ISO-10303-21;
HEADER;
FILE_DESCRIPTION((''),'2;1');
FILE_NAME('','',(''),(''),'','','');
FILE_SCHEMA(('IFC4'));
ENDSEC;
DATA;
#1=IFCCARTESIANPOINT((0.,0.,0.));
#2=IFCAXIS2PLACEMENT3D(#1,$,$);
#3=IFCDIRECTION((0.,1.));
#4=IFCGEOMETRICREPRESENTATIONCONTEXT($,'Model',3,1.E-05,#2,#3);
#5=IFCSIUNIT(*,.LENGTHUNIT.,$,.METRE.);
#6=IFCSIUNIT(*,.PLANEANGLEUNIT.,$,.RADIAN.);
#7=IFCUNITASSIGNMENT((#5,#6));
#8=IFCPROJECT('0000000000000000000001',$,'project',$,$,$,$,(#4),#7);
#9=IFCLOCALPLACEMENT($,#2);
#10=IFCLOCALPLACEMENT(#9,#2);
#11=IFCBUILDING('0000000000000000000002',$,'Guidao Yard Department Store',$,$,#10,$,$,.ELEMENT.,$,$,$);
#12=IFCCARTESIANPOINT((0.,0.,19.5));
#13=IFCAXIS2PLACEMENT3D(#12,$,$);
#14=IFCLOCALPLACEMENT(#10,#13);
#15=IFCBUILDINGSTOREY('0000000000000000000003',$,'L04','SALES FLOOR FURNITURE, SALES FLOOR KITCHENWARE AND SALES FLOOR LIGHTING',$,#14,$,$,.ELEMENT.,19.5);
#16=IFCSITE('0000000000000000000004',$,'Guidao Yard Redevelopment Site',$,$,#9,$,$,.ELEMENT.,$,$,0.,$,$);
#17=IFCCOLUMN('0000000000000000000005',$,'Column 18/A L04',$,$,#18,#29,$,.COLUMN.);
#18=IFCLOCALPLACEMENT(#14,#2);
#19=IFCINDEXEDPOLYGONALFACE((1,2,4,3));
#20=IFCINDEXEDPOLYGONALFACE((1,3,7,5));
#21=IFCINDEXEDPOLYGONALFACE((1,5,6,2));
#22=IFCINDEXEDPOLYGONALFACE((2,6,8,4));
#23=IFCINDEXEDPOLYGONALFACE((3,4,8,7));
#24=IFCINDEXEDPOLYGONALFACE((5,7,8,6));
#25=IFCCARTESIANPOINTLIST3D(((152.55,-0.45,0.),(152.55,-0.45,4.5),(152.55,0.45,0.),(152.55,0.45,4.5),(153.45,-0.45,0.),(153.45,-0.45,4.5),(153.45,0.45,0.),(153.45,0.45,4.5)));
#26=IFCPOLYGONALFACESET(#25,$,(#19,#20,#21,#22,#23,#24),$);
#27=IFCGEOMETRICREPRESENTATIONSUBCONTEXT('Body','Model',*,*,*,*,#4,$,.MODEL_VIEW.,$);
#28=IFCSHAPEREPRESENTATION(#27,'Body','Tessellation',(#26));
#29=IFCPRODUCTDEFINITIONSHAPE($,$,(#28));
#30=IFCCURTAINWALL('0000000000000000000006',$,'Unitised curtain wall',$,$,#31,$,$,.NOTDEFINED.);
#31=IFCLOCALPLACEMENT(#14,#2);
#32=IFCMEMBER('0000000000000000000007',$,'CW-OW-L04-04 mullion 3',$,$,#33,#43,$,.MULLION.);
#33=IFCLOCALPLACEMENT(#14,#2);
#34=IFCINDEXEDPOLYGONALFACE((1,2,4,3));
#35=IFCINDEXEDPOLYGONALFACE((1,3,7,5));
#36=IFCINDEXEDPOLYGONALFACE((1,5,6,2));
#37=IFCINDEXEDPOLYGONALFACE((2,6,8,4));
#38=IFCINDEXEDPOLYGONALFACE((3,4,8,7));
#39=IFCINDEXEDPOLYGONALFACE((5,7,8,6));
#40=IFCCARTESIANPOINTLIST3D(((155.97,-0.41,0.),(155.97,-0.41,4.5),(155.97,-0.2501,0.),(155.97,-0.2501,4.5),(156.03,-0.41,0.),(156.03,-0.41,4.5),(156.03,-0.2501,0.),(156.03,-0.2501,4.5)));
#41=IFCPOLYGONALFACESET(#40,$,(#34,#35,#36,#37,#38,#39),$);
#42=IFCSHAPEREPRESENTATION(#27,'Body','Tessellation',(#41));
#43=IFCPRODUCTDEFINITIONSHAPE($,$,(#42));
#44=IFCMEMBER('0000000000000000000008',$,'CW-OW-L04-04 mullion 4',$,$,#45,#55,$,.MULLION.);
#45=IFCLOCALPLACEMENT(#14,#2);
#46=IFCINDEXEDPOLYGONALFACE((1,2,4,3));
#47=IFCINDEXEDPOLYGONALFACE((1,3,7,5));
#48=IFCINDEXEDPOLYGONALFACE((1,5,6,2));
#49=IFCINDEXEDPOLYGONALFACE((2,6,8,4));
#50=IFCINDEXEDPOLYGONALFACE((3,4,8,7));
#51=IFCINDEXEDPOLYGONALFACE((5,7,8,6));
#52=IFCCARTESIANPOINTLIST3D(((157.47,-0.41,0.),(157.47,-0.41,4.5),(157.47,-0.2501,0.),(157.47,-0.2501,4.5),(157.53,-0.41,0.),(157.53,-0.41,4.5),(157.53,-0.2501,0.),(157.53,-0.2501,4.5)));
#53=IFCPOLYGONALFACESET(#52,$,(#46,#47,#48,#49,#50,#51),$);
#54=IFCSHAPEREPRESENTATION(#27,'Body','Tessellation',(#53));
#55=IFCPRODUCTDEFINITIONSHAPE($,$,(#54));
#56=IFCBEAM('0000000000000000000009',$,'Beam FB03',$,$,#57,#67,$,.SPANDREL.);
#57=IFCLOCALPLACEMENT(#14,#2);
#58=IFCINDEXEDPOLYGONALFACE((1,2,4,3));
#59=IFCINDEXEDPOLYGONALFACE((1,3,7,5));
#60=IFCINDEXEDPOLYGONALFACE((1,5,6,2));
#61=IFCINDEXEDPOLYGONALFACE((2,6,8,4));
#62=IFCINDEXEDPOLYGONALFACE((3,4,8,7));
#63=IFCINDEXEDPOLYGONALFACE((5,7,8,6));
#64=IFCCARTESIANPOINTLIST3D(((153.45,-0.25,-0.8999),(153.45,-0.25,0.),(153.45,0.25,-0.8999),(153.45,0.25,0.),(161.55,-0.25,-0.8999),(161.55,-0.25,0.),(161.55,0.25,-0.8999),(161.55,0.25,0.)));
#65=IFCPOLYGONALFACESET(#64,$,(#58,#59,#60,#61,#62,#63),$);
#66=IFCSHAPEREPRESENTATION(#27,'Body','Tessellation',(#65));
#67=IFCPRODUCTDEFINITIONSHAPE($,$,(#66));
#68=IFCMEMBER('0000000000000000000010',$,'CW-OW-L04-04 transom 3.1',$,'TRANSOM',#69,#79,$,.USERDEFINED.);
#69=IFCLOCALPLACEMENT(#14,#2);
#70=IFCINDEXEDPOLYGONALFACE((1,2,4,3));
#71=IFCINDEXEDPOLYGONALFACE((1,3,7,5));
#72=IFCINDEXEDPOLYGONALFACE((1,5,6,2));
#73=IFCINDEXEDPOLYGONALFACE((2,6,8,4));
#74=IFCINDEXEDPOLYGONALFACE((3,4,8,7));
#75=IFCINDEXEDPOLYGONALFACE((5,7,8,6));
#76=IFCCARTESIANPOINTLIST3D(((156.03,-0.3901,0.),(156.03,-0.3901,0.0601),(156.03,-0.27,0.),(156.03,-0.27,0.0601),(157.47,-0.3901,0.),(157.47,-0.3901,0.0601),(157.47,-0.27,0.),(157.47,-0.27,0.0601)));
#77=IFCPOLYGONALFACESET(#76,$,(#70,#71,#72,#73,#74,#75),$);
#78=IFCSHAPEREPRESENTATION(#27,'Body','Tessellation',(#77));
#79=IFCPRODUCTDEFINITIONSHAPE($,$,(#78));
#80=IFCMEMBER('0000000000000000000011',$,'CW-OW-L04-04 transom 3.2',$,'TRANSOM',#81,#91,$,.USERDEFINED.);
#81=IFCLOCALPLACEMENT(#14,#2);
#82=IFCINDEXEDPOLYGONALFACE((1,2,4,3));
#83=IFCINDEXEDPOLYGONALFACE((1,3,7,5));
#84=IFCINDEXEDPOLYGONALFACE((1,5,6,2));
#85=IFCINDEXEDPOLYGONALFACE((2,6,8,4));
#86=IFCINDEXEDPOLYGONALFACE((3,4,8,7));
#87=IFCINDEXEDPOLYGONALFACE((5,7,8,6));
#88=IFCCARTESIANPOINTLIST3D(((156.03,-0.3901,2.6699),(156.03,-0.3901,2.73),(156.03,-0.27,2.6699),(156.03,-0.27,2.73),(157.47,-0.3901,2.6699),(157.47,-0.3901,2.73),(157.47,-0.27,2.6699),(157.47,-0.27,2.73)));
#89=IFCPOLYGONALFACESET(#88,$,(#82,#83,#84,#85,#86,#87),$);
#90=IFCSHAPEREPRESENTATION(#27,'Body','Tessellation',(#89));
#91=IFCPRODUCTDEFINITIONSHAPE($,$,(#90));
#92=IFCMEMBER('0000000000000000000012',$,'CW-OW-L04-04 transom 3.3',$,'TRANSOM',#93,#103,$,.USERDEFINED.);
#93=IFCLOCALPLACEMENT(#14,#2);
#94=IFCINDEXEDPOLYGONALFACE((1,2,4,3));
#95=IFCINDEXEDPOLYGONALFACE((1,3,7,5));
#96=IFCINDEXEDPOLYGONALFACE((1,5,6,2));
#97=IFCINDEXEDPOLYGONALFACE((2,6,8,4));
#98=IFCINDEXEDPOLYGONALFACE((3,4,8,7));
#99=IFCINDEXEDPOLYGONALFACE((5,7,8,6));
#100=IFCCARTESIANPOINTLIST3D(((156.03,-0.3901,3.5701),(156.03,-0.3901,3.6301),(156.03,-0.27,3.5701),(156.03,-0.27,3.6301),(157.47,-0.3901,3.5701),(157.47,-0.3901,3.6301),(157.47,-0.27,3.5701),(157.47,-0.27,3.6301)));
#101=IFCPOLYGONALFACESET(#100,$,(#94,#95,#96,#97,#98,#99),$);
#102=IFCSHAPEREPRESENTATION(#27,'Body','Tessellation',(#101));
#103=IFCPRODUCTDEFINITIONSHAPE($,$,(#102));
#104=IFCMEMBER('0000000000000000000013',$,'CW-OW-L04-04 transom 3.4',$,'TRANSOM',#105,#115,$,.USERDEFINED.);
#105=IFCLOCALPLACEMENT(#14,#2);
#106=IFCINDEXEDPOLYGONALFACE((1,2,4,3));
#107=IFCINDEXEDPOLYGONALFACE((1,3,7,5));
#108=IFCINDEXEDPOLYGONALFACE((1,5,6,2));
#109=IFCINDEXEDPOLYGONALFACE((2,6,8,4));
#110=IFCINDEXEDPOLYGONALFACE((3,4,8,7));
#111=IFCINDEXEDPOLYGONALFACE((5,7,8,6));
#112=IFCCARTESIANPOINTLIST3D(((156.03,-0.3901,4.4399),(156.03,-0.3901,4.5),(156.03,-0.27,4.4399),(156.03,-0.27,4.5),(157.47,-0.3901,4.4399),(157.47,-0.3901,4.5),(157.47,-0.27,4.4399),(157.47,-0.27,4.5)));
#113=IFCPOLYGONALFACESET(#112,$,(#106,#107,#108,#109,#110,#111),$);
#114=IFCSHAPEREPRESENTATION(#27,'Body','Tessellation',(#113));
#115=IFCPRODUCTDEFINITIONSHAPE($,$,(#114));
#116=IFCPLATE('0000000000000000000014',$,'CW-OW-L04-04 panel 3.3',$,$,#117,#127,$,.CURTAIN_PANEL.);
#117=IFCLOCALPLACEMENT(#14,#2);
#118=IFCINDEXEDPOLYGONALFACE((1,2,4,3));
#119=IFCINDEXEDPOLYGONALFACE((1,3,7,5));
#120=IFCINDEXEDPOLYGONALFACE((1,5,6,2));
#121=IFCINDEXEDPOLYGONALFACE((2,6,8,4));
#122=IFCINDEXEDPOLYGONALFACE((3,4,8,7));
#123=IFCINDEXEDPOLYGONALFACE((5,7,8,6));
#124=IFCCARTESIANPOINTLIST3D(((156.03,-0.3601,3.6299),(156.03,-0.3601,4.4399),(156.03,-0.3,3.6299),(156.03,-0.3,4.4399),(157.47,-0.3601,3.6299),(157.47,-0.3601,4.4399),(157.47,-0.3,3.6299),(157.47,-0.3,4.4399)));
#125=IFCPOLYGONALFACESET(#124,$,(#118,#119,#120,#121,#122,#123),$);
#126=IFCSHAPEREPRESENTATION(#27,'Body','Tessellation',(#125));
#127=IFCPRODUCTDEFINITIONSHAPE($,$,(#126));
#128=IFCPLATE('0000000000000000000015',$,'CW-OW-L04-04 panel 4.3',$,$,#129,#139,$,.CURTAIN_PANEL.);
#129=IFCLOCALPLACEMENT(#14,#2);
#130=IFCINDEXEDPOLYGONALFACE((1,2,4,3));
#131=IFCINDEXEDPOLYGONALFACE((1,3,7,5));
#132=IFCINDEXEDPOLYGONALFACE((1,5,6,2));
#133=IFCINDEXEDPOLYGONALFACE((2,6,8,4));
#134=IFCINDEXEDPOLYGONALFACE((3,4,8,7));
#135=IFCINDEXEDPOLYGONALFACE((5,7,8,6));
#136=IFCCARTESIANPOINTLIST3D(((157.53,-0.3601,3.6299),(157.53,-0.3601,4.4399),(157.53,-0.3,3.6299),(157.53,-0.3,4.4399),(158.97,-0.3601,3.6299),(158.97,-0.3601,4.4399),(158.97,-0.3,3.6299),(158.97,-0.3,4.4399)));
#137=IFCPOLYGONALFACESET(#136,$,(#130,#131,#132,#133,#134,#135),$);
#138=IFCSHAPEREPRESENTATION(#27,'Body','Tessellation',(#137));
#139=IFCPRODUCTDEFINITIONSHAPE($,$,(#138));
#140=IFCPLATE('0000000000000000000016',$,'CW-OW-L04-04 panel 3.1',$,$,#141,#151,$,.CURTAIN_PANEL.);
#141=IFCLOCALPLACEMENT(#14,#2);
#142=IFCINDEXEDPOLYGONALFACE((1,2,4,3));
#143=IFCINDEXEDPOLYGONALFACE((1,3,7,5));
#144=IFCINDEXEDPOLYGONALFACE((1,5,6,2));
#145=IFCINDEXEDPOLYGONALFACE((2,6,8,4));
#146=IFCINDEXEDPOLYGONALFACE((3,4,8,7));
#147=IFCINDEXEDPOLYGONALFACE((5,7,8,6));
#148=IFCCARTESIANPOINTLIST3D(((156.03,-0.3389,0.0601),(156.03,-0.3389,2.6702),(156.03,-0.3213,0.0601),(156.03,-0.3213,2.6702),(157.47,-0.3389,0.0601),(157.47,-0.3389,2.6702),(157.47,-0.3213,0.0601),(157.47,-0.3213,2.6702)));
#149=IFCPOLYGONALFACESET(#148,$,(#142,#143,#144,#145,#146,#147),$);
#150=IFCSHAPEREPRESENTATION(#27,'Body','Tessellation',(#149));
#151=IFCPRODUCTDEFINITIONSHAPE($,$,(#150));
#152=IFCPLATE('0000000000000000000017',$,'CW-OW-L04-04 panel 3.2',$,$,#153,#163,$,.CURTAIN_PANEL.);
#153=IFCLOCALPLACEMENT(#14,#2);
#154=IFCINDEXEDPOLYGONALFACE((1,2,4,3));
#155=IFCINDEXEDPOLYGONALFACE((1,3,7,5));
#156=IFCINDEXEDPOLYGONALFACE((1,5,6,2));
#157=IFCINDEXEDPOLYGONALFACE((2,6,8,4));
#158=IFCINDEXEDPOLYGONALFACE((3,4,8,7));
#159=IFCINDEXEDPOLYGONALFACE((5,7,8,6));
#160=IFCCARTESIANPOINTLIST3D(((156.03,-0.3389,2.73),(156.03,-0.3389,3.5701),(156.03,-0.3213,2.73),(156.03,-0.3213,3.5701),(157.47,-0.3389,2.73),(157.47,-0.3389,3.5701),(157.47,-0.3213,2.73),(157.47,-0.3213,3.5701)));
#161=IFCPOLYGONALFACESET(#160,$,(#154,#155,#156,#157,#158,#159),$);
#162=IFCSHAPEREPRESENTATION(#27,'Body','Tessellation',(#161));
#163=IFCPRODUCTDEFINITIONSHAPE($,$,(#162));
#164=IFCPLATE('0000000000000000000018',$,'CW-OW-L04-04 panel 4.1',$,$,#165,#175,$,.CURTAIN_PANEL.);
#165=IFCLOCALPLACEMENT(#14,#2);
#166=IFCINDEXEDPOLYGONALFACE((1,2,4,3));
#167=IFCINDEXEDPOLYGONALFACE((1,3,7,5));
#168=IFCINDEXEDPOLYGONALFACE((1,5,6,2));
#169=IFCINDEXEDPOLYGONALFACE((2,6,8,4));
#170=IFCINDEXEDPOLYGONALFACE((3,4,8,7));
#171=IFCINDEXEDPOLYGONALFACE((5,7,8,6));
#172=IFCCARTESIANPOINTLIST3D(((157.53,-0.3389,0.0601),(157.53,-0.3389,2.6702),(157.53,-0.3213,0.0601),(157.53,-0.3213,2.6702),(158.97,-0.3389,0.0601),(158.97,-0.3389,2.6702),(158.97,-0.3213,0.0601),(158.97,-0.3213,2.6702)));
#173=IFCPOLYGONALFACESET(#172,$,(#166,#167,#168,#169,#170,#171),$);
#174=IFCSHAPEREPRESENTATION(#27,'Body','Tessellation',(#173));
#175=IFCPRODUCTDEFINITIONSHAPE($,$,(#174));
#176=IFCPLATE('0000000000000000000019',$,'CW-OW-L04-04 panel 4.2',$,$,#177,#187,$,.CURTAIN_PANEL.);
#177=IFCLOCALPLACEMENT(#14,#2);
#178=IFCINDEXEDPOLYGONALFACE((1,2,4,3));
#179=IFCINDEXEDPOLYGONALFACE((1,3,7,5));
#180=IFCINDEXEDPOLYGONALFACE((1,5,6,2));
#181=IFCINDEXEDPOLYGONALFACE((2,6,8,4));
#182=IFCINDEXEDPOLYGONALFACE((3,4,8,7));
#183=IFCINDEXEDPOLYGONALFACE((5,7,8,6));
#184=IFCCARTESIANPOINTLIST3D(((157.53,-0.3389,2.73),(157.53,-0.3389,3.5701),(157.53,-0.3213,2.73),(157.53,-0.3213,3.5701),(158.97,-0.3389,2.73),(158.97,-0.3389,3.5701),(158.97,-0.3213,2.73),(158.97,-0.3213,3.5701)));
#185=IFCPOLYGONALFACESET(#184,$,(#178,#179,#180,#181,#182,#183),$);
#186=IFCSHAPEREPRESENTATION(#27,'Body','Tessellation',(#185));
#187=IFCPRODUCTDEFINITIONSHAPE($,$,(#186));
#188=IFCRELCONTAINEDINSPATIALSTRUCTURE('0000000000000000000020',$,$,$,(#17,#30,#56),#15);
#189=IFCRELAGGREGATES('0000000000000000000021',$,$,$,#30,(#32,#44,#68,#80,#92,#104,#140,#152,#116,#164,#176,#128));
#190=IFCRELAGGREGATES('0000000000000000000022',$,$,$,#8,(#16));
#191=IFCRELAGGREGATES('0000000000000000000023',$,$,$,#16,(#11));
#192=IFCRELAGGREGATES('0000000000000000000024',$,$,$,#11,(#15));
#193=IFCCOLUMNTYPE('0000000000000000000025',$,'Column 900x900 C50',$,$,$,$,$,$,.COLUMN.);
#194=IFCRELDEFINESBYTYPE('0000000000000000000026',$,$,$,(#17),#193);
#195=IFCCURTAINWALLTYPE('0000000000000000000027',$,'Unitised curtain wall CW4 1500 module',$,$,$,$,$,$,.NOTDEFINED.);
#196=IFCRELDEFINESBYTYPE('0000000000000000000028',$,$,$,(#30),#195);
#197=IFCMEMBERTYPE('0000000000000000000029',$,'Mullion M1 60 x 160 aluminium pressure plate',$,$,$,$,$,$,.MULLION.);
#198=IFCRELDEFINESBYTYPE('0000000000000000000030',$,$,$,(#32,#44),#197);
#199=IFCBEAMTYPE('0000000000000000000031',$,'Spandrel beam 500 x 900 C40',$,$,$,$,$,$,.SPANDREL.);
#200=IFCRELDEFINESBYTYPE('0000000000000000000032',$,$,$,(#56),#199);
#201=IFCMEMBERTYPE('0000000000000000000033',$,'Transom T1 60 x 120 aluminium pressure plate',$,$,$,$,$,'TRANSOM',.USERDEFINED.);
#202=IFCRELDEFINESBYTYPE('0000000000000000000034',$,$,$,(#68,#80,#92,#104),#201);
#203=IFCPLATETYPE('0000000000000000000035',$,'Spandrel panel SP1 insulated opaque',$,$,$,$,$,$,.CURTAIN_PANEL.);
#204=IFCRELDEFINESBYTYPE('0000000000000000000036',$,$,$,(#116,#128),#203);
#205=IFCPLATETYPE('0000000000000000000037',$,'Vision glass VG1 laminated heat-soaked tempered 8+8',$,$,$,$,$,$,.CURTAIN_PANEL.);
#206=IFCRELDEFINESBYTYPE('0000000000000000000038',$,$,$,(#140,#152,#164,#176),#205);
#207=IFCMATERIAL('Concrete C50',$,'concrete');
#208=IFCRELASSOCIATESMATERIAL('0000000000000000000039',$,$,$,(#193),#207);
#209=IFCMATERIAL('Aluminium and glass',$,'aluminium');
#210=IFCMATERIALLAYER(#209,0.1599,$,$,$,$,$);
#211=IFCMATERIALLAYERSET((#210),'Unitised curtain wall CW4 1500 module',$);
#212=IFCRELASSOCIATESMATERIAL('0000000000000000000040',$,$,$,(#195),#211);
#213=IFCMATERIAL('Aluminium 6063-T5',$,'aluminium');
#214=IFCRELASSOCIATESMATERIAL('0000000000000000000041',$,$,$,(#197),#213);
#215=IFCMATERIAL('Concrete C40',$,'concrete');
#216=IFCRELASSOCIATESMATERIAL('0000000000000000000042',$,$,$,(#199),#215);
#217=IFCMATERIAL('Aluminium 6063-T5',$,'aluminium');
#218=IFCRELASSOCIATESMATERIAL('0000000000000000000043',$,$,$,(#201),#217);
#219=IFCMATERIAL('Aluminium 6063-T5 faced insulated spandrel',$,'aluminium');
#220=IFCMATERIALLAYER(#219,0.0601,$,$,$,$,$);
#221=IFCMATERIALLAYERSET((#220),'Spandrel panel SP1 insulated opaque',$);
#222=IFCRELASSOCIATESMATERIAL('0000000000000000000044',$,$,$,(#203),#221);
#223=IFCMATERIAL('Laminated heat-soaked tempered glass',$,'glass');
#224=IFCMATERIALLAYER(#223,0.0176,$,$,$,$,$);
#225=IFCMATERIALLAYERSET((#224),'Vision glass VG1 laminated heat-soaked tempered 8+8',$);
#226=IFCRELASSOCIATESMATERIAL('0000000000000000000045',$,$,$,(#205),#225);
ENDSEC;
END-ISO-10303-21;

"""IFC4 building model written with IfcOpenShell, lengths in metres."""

from ifc_helpers import new_model, si_unit, direction, frame, origin, origin_2d, place, context, subcontext, project, spatial, rectangle, extrude, material, layer, layer_set, material_profile, profile_set, type_object, element, aggregate, save


model = new_model("IFC4")

# Units and contexts
model_context = context("Model", 3, precision=1e-05, world=origin(), true_north=direction((0.0, 1.0)))
body_context = subcontext(model_context, "Body", "Model", "MODEL_VIEW")
ifc_project = project(units=[si_unit("LENGTHUNIT", "METRE"), si_unit("PLANEANGLEUNIT", "RADIAN")], contexts=[model_context])

# Site, building, storey
site_placement = place(None, origin())
site = spatial("IfcSite", under=ifc_project, at=site_placement, Name="Guidao Yard Redevelopment Site", CompositionType="ELEMENT", RefElevation=0.0)
building_placement = place(site_placement, origin())
building = spatial("IfcBuilding", under=site, at=building_placement, Name="Guidao Yard Department Store", CompositionType="ELEMENT")
storey_placement = place(building_placement, frame((0.0, 0.0, 19.5)))
storey = spatial("IfcBuildingStorey", under=building, at=storey_placement, Name="L04", Description="SALES FLOOR FURNITURE, SALES FLOOR KITCHENWARE AND SALES FLOOR LIGHTING", CompositionType="ELEMENT", Elevation=19.5)

# Column
ifc_material_1 = material(Name="Concrete C50", Category="concrete")
ifc_material_profile_1 = material_profile(ifc_material_1, rectangle(XDim=0.8999, YDim=0.8999, at=origin_2d()), Name="COL 900x900")
ifc_profile_set_1 = profile_set([ifc_material_profile_1], Name="Concrete C50")
column_type = type_object("IfcColumnType", Name="Column 900x900 C50", PredefinedType="COLUMN", material=ifc_profile_set_1)
column_placement = place(storey_placement, frame((153.0, 0.0, 0.0), z_axis=(0.0, 0.0, 1.0), x_axis=(1.0, 0.0, 0.0)))
element("IfcColumn", 1, at=column_placement, inside=storey, type_object=column_type, Name="Column 18/A L04", PredefinedType="COLUMN", context=body_context, shape_type="SweptSolid", body=[
    extrude(rectangle(XDim=0.8999, YDim=0.8999, at=origin_2d()), origin(), (0.0, 0.0, 1.0), 4.5),
])

# Curtain wall, members
ifc_material_2 = material(Name="Aluminium and glass", Category="aluminium")
ifc_layer_1 = layer(ifc_material_2, 0.1599)
ifc_layer_set_1 = layer_set([ifc_layer_1], Name="Unitised curtain wall CW4 1500 module")
curtain_wall_type = type_object("IfcCurtainWallType", Name="Unitised curtain wall CW4 1500 module", PredefinedType="NOTDEFINED", material=ifc_layer_set_1)
curtain_wall_placement = place(storey_placement, origin())
curtain_wall = element("IfcCurtainWall", 2, at=curtain_wall_placement, inside=storey, type_object=curtain_wall_type, Name="Unitised curtain wall", PredefinedType="NOTDEFINED")
ifc_material_3 = material(Name="Aluminium 6063-T5", Category="aluminium")
ifc_material_profile_2 = material_profile(ifc_material_3, rectangle(XDim=0.0601, YDim=0.1599, at=origin_2d()), Name="Mullion M1 60 x 160 aluminium pressure plate")
ifc_profile_set_2 = profile_set([ifc_material_profile_2], Name="Aluminium 6063-T5")
member_type_1 = type_object("IfcMemberType", Name="Mullion M1 60 x 160 aluminium pressure plate", PredefinedType="MULLION", material=ifc_profile_set_2)
member_1_placement = place(storey_placement, frame((156.0, -0.3301, 0.0), z_axis=(0.0, 0.0, 1.0), x_axis=(-1.0, 0.0, 0.0)))
member_1 = element("IfcMember", 3, at=member_1_placement, type_object=member_type_1, Name="CW-OW-L04-04 mullion 3", PredefinedType="MULLION", context=body_context, shape_type="SweptSolid", body=[
    extrude(rectangle(XDim=0.0601, YDim=0.1599, at=origin_2d()), origin(), (0.0, 0.0, 1.0), 4.5),
])
member_2_placement = place(storey_placement, frame((157.5, -0.3301, 0.0), z_axis=(0.0, 0.0, 1.0), x_axis=(-1.0, 0.0, 0.0)))
member_2 = element("IfcMember", 4, at=member_2_placement, type_object=member_type_1, Name="CW-OW-L04-04 mullion 4", PredefinedType="MULLION", context=body_context, shape_type="SweptSolid", body=[
    extrude(rectangle(XDim=0.0601, YDim=0.1599, at=origin_2d()), origin(), (0.0, 0.0, 1.0), 4.5),
])

# Beam
ifc_material_4 = material(Name="Concrete C40", Category="concrete")
ifc_material_profile_3 = material_profile(ifc_material_4, rectangle(XDim=0.5, YDim=0.8999, at=origin_2d()), Name="Spandrel beam 500 x 900 C40")
ifc_profile_set_3 = profile_set([ifc_material_profile_3], Name="Concrete C40")
beam_type = type_object("IfcBeamType", Name="Spandrel beam 500 x 900 C40", PredefinedType="SPANDREL", material=ifc_profile_set_3)
beam_placement = place(storey_placement, frame((153.45, 0.0, -0.45), z_axis=(1.0, 0.0, 0.0), x_axis=(0.0, 1.0, 0.0)))
element("IfcBeam", 5, at=beam_placement, inside=storey, type_object=beam_type, Name="Beam FB03", PredefinedType="SPANDREL", context=body_context, shape_type="SweptSolid", body=[
    extrude(rectangle(XDim=0.5, YDim=0.8999, at=origin_2d()), origin(), (0.0, 0.0, 1.0), 8.1001),
])

# Members
ifc_material_5 = material(Name="Aluminium 6063-T5", Category="aluminium")
ifc_material_profile_4 = material_profile(ifc_material_5, rectangle(XDim=0.1201, YDim=0.0601, at=origin_2d()), Name="Transom T1 60 x 120 aluminium pressure plate")
ifc_profile_set_4 = profile_set([ifc_material_profile_4], Name="Aluminium 6063-T5")
member_type_2 = type_object("IfcMemberType", Name="Transom T1 60 x 120 aluminium pressure plate", ElementType="TRANSOM", PredefinedType="USERDEFINED", material=ifc_profile_set_4)
member_3_placement = place(storey_placement, frame((157.47, -0.3301, 0.03), z_axis=(-1.0, 0.0, 0.0), x_axis=(0.0, -1.0, 0.0)))
member_3 = element("IfcMember", 6, at=member_3_placement, type_object=member_type_2, Name="CW-OW-L04-04 transom 3.1", ObjectType="TRANSOM", PredefinedType="USERDEFINED", context=body_context, shape_type="SweptSolid", body=[
    extrude(rectangle(XDim=0.1201, YDim=0.0601, at=origin_2d()), origin(), (0.0, 0.0, 1.0), 1.4399),
])
member_4_placement = place(storey_placement, frame((157.47, -0.3301, 2.7), z_axis=(-1.0, 0.0, 0.0), x_axis=(0.0, -1.0, 0.0)))
member_4 = element("IfcMember", 7, at=member_4_placement, type_object=member_type_2, Name="CW-OW-L04-04 transom 3.2", ObjectType="TRANSOM", PredefinedType="USERDEFINED", context=body_context, shape_type="SweptSolid", body=[
    extrude(rectangle(XDim=0.1201, YDim=0.0601, at=origin_2d()), origin(), (0.0, 0.0, 1.0), 1.4399),
])
member_5_placement = place(storey_placement, frame((157.47, -0.3301, 3.6001), z_axis=(-1.0, 0.0, 0.0), x_axis=(0.0, -1.0, 0.0)))
member_5 = element("IfcMember", 8, at=member_5_placement, type_object=member_type_2, Name="CW-OW-L04-04 transom 3.3", ObjectType="TRANSOM", PredefinedType="USERDEFINED", context=body_context, shape_type="SweptSolid", body=[
    extrude(rectangle(XDim=0.1201, YDim=0.0601, at=origin_2d()), origin(), (0.0, 0.0, 1.0), 1.4399),
])
member_6_placement = place(storey_placement, frame((157.47, -0.3301, 4.47), z_axis=(-1.0, 0.0, 0.0), x_axis=(0.0, -1.0, 0.0)))
member_6 = element("IfcMember", 9, at=member_6_placement, type_object=member_type_2, Name="CW-OW-L04-04 transom 3.4", ObjectType="TRANSOM", PredefinedType="USERDEFINED", context=body_context, shape_type="SweptSolid", body=[
    extrude(rectangle(XDim=0.1201, YDim=0.0601, at=origin_2d()), origin(), (0.0, 0.0, 1.0), 1.4399),
])

# Plates
ifc_material_6 = material(Name="Aluminium 6063-T5 faced insulated spandrel", Category="aluminium")
ifc_layer_2 = layer(ifc_material_6, 0.0601)
ifc_layer_set_2 = layer_set([ifc_layer_2], Name="Spandrel panel SP1 insulated opaque")
plate_type_1 = type_object("IfcPlateType", Name="Spandrel panel SP1 insulated opaque", PredefinedType="CURTAIN_PANEL", material=ifc_layer_set_2)
plate_1_placement = place(storey_placement, frame((156.75, -0.3301, 3.6299), z_axis=(0.0, 0.0, 1.0), x_axis=(-1.0, 0.0, 0.0)))
plate_1 = element("IfcPlate", 10, at=plate_1_placement, type_object=plate_type_1, Name="CW-OW-L04-04 panel 3.3", PredefinedType="CURTAIN_PANEL", context=body_context, shape_type="SweptSolid", body=[
    extrude(rectangle(XDim=1.4399, YDim=0.0601, at=origin_2d()), origin(), (0.0, 0.0, 1.0), 0.8101),
])
plate_2_placement = place(storey_placement, frame((158.25, -0.3301, 3.6299), z_axis=(0.0, 0.0, 1.0), x_axis=(-1.0, 0.0, 0.0)))
plate_2 = element("IfcPlate", 11, at=plate_2_placement, type_object=plate_type_1, Name="CW-OW-L04-04 panel 4.3", PredefinedType="CURTAIN_PANEL", context=body_context, shape_type="SweptSolid", body=[
    extrude(rectangle(XDim=1.4399, YDim=0.0601, at=origin_2d()), origin(), (0.0, 0.0, 1.0), 0.8101),
])
ifc_material_7 = material(Name="Laminated heat-soaked tempered glass", Category="glass")
ifc_layer_3 = layer(ifc_material_7, 0.0176)
ifc_layer_set_3 = layer_set([ifc_layer_3], Name="Vision glass VG1 laminated heat-soaked tempered 8+8")
plate_type_2 = type_object("IfcPlateType", Name="Vision glass VG1 laminated heat-soaked tempered 8+8", PredefinedType="CURTAIN_PANEL", material=ifc_layer_set_3)
plate_3_placement = place(storey_placement, frame((156.75, -0.3301, 0.0601), z_axis=(0.0, 0.0, 1.0), x_axis=(-1.0, 0.0, 0.0)))
plate_3 = element("IfcPlate", 12, at=plate_3_placement, type_object=plate_type_2, Name="CW-OW-L04-04 panel 3.1", PredefinedType="CURTAIN_PANEL", context=body_context, shape_type="SweptSolid", body=[
    extrude(rectangle(XDim=1.4399, YDim=0.0176, at=origin_2d()), origin(), (0.0, 0.0, 1.0), 2.6101),
])
plate_4_placement = place(storey_placement, frame((156.75, -0.3301, 2.73), z_axis=(0.0, 0.0, 1.0), x_axis=(-1.0, 0.0, 0.0)))
plate_4 = element("IfcPlate", 13, at=plate_4_placement, type_object=plate_type_2, Name="CW-OW-L04-04 panel 3.2", PredefinedType="CURTAIN_PANEL", context=body_context, shape_type="SweptSolid", body=[
    extrude(rectangle(XDim=1.4399, YDim=0.0176, at=origin_2d()), origin(), (0.0, 0.0, 1.0), 0.8401),
])
plate_5_placement = place(storey_placement, frame((158.25, -0.3301, 0.0601), z_axis=(0.0, 0.0, 1.0), x_axis=(-1.0, 0.0, 0.0)))
plate_5 = element("IfcPlate", 14, at=plate_5_placement, type_object=plate_type_2, Name="CW-OW-L04-04 panel 4.1", PredefinedType="CURTAIN_PANEL", context=body_context, shape_type="SweptSolid", body=[
    extrude(rectangle(XDim=1.4399, YDim=0.0176, at=origin_2d()), origin(), (0.0, 0.0, 1.0), 2.6101),
])
plate_6_placement = place(storey_placement, frame((158.25, -0.3301, 2.73), z_axis=(0.0, 0.0, 1.0), x_axis=(-1.0, 0.0, 0.0)))
plate_6 = element("IfcPlate", 15, at=plate_6_placement, type_object=plate_type_2, Name="CW-OW-L04-04 panel 4.2", PredefinedType="CURTAIN_PANEL", context=body_context, shape_type="SweptSolid", body=[
    extrude(rectangle(XDim=1.4399, YDim=0.0176, at=origin_2d()), origin(), (0.0, 0.0, 1.0), 0.8401),
])
aggregate(curtain_wall, [member_1, member_2, member_3, member_4, member_5, member_6, plate_3, plate_4, plate_1, plate_5, plate_6, plate_2])

save(model, "model.ifc")
